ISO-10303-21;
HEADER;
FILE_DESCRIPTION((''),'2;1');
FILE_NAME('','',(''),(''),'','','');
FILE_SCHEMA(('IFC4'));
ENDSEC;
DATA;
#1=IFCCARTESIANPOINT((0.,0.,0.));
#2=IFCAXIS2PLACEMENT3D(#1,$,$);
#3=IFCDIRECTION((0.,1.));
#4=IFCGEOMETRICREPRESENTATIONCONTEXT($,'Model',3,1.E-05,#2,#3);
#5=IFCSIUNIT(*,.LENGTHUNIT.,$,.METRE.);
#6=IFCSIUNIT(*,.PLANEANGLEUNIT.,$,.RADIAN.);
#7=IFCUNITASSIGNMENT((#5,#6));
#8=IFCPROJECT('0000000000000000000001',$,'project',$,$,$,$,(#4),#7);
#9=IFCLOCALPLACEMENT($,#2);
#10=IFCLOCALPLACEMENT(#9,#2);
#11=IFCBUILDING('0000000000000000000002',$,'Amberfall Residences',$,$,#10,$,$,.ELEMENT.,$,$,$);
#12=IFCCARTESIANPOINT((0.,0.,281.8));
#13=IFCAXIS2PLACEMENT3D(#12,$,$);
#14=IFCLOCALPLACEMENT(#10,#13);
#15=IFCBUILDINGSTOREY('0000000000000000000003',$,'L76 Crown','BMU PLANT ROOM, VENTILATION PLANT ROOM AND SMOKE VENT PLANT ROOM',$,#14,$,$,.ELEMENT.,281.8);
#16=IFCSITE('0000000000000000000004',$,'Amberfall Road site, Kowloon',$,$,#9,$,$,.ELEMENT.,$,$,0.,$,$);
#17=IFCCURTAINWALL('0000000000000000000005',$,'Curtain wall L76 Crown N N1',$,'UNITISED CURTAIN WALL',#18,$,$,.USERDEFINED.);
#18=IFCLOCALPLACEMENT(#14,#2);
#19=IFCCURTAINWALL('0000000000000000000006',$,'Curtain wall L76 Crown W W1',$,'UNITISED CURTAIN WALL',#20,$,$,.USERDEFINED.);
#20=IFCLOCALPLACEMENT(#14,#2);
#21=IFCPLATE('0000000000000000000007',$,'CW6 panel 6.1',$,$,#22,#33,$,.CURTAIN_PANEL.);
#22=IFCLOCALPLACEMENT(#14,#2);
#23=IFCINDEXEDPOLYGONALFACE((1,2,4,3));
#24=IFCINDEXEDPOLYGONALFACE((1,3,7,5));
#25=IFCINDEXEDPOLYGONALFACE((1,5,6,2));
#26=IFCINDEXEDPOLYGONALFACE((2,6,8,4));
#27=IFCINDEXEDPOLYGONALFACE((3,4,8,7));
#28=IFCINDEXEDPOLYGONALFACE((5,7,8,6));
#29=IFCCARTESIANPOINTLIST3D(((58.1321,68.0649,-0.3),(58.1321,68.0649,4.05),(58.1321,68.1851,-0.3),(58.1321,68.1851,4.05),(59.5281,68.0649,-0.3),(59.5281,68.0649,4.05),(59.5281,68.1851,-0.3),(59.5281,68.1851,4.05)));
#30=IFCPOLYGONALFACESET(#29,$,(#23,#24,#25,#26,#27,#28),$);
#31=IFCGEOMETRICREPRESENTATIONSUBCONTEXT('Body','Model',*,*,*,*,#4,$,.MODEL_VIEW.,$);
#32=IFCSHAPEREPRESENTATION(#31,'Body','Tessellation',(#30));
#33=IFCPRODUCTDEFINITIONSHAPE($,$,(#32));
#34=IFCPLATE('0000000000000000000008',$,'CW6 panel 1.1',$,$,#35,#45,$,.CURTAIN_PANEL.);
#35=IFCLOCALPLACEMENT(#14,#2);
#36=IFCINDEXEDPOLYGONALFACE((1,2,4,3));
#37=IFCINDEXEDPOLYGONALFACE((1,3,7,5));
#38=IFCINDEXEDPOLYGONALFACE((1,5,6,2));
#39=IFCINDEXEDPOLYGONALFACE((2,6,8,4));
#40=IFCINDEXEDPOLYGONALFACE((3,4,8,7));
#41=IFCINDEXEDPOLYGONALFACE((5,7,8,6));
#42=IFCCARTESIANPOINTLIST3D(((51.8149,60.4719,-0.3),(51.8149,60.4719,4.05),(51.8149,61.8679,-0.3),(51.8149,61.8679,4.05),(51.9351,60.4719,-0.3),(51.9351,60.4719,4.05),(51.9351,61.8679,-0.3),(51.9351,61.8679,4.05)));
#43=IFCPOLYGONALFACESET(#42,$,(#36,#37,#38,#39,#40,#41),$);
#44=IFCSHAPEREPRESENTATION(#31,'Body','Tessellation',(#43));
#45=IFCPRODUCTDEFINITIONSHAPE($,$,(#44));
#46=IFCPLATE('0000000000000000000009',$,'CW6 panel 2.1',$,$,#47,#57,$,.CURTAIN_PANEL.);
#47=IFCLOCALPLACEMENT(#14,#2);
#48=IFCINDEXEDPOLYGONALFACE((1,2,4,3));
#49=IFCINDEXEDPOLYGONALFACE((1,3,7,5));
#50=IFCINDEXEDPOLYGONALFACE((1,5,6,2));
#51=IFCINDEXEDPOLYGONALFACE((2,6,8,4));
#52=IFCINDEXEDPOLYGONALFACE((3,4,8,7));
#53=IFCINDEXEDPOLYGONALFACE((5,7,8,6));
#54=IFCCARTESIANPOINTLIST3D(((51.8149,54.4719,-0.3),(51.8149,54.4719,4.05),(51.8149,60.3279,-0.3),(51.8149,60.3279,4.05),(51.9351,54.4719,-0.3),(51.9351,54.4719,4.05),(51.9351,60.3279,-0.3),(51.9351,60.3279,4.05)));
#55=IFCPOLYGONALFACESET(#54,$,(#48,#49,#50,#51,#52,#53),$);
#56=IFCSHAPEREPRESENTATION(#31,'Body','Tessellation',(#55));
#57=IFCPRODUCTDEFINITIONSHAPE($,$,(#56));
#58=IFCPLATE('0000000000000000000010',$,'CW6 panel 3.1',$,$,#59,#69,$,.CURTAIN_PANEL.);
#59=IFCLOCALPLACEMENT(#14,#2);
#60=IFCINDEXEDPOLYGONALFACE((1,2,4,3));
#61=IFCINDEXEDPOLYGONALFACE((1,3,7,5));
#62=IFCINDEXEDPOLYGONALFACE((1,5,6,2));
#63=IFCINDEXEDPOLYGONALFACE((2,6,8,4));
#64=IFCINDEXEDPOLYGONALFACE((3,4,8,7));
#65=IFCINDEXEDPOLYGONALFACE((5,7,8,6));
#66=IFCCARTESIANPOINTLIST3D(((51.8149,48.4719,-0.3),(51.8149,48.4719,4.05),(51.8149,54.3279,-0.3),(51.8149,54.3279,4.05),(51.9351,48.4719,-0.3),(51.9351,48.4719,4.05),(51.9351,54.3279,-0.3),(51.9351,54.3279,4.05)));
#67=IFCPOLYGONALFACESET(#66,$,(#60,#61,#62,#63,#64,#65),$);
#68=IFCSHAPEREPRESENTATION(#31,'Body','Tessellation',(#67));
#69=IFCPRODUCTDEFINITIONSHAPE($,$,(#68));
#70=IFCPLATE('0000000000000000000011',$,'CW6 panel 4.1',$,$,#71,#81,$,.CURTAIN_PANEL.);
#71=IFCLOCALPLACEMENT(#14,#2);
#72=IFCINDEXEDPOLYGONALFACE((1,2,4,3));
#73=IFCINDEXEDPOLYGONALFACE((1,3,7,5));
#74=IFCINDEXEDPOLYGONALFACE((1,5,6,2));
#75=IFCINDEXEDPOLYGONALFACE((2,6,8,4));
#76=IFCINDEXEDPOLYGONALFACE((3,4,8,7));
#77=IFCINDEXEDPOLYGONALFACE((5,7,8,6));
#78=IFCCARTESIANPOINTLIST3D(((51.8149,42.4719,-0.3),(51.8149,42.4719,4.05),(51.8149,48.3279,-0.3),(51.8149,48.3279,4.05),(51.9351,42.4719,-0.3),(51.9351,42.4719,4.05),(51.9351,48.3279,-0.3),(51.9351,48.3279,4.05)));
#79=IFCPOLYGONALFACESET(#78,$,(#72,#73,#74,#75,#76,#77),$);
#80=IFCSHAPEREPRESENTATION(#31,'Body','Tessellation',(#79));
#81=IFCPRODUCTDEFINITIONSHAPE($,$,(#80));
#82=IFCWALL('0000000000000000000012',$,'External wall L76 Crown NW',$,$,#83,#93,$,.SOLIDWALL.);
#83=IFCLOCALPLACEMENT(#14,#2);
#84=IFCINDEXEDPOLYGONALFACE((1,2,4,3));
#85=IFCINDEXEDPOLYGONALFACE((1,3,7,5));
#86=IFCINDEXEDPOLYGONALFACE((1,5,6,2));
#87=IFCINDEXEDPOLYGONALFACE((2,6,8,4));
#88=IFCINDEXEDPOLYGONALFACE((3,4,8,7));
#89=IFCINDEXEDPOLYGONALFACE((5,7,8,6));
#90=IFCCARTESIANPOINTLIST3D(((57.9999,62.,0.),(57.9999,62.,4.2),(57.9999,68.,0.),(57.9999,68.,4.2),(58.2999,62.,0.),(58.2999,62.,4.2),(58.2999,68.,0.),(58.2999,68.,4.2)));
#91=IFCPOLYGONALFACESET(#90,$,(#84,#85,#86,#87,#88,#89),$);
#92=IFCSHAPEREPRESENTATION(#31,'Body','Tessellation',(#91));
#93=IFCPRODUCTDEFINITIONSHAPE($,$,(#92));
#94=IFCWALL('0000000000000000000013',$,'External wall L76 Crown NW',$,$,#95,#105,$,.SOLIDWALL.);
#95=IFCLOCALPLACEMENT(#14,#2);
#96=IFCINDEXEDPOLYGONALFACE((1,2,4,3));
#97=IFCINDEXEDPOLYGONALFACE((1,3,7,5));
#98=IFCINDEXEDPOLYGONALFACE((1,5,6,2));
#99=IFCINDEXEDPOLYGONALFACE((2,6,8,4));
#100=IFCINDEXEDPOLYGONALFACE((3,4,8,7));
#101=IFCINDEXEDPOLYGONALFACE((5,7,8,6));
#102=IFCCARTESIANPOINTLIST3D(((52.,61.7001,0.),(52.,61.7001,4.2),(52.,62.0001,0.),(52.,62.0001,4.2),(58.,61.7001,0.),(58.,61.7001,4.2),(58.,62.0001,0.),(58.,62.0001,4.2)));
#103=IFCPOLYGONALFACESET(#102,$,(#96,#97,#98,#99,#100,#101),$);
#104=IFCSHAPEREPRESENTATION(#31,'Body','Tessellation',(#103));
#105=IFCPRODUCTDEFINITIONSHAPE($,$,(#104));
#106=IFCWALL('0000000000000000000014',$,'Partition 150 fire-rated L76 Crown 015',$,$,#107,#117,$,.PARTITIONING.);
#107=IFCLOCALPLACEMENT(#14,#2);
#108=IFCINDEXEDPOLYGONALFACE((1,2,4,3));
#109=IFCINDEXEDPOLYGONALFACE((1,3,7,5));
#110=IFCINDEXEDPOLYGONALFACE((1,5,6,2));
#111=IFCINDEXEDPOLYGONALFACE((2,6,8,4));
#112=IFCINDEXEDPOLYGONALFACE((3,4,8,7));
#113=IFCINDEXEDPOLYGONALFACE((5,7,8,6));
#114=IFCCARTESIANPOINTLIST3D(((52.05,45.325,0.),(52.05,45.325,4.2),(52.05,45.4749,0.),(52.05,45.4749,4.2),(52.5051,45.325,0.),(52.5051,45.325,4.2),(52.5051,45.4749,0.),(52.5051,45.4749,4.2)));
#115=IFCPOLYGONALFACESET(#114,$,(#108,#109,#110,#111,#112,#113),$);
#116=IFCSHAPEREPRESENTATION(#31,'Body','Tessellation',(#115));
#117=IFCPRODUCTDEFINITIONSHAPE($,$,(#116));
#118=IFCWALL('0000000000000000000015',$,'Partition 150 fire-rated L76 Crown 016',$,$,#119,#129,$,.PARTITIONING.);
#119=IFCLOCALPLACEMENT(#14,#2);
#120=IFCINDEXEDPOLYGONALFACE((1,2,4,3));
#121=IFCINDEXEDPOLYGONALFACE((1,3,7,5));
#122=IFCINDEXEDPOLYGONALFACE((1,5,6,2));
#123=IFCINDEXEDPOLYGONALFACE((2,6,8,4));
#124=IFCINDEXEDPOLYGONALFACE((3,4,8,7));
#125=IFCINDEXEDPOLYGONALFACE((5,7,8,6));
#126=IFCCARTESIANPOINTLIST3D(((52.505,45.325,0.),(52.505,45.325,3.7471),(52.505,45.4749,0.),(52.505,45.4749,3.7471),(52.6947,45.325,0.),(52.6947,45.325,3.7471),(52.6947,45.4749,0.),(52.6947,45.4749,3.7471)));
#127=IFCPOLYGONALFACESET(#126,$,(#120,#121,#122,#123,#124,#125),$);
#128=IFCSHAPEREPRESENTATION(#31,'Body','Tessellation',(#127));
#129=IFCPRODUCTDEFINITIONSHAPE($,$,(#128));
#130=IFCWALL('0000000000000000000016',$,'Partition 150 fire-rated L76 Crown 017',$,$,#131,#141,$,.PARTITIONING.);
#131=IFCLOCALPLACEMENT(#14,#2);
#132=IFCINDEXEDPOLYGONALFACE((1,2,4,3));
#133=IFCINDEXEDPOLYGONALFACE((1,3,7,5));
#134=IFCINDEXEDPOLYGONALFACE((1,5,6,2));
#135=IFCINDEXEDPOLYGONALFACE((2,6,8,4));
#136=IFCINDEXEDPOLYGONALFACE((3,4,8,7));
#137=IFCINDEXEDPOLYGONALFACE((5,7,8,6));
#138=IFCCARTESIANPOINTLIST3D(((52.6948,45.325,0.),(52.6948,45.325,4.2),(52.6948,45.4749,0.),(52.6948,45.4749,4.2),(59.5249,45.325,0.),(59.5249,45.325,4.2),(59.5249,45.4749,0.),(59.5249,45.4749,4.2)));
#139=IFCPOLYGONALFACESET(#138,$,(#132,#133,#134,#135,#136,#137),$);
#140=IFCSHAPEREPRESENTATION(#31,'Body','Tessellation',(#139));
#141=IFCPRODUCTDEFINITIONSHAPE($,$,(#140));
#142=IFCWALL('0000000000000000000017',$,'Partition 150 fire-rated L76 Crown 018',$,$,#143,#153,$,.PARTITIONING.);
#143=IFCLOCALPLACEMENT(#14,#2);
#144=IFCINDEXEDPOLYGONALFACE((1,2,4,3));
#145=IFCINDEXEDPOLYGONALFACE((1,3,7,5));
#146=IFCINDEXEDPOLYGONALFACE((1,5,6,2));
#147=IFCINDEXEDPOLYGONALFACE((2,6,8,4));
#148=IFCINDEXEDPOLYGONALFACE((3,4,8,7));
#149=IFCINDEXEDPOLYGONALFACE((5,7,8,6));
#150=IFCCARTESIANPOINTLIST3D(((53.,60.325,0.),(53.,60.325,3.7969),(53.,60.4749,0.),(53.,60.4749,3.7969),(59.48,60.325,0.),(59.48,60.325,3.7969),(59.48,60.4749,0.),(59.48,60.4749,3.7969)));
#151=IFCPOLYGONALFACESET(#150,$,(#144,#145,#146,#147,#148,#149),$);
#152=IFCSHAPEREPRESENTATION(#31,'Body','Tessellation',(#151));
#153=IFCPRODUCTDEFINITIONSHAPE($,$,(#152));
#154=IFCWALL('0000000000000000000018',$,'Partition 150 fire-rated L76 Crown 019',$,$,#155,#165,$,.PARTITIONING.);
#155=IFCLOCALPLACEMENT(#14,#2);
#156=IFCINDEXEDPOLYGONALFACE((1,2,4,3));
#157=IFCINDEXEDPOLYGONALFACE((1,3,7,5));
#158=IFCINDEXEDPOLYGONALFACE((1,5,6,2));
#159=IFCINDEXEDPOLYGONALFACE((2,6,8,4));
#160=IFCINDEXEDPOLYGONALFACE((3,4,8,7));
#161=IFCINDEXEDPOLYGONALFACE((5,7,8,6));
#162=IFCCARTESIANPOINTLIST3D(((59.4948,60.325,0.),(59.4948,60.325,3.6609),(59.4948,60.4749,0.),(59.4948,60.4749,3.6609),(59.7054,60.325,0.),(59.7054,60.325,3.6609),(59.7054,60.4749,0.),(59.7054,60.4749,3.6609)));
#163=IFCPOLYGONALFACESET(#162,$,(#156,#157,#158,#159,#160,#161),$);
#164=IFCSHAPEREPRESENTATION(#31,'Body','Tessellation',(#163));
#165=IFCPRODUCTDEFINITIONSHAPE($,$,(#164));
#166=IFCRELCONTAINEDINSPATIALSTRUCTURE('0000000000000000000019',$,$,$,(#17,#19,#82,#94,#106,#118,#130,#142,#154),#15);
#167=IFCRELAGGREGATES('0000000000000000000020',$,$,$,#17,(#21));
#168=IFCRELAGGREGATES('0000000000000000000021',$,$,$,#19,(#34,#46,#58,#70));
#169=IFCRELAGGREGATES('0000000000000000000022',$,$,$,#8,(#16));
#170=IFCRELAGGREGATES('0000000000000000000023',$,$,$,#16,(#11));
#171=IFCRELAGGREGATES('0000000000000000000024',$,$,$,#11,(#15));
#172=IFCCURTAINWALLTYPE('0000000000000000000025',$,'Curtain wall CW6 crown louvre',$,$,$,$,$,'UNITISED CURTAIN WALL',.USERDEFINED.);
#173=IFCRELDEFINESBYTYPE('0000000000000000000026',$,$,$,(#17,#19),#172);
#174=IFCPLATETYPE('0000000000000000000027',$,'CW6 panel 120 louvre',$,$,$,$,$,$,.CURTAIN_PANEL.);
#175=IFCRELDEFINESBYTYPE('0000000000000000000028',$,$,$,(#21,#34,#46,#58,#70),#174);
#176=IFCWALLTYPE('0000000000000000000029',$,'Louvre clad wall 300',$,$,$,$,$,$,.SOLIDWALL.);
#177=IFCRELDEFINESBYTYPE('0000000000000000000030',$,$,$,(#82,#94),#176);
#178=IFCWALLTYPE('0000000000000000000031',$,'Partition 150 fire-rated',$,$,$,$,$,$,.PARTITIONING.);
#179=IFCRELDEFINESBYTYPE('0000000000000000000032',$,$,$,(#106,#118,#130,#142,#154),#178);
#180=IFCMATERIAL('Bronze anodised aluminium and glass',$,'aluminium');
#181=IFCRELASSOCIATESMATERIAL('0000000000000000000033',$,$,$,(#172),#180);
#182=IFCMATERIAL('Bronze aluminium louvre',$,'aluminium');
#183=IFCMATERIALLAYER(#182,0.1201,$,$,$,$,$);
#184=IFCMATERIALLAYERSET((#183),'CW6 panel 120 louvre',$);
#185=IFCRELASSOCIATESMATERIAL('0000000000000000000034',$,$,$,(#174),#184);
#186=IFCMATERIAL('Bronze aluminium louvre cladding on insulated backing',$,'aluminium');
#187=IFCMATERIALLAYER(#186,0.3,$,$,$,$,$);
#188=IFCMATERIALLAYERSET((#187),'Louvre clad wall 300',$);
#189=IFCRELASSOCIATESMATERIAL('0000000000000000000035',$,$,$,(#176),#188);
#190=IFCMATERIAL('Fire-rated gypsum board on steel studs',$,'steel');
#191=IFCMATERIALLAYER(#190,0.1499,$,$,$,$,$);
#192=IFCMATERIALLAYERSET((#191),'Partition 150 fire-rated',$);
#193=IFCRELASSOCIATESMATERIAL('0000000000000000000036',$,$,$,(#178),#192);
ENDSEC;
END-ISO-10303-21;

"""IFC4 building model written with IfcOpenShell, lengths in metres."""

from ifc_helpers import new_model, si_unit, direction, frame, frame_2d, origin, origin_2d, place, context, subcontext, project, spatial, rectangle, extrude, material, layer, layer_set, type_object, element, aggregate, save


model = new_model("IFC4")

# Units and contexts
model_context = context("Model", 3, precision=1e-05, world=origin(), true_north=direction((0.0, 1.0)))
body_context = subcontext(model_context, "Body", "Model", "MODEL_VIEW")
ifc_project = project(units=[si_unit("LENGTHUNIT", "METRE"), si_unit("PLANEANGLEUNIT", "RADIAN")], contexts=[model_context])

# Site, building, storey
site_placement = place(None, origin())
site = spatial("IfcSite", under=ifc_project, at=site_placement, Name="Amberfall Road site, Kowloon", CompositionType="ELEMENT", RefElevation=0.0)
building_placement = place(site_placement, origin())
building = spatial("IfcBuilding", under=site, at=building_placement, Name="Amberfall Residences", CompositionType="ELEMENT")
storey_placement = place(building_placement, frame((0.0, 0.0, 281.8)))
storey = spatial("IfcBuildingStorey", under=building, at=storey_placement, Name="L76 Crown", Description="BMU PLANT ROOM, VENTILATION PLANT ROOM AND SMOKE VENT PLANT ROOM", CompositionType="ELEMENT", Elevation=281.8)

# Curtain wall
ifc_material_1 = material(Name="Bronze anodised aluminium and glass", Category="aluminium")
curtain_wall_type = type_object("IfcCurtainWallType", Name="Curtain wall CW6 crown louvre", ElementType="UNITISED CURTAIN WALL", PredefinedType="USERDEFINED", material=ifc_material_1)
curtain_wall_1_placement = place(storey_placement, origin())
curtain_wall_1 = element("IfcCurtainWall", 1, at=curtain_wall_1_placement, inside=storey, type_object=curtain_wall_type, Name="Curtain wall L76 Crown N N1", ObjectType="UNITISED CURTAIN WALL", PredefinedType="USERDEFINED")

# Curtain wall
curtain_wall_2_placement = place(storey_placement, origin())
curtain_wall_2 = element("IfcCurtainWall", 2, at=curtain_wall_2_placement, inside=storey, type_object=curtain_wall_type, Name="Curtain wall L76 Crown W W1", ObjectType="UNITISED CURTAIN WALL", PredefinedType="USERDEFINED")

# Plates
ifc_material_2 = material(Name="Bronze aluminium louvre", Category="aluminium")
ifc_layer_1 = layer(ifc_material_2, 0.1201)
ifc_layer_set_1 = layer_set([ifc_layer_1], Name="CW6 panel 120 louvre")
plate_type = type_object("IfcPlateType", Name="CW6 panel 120 louvre", PredefinedType="CURTAIN_PANEL", material=ifc_layer_set_1)
plate_1_placement = place(storey_placement, frame((58.8301, 68.125, -0.3), z_axis=(0.0, 0.0, 1.0), x_axis=(-1.0, 0.0, 0.0)))
plate_1 = element("IfcPlate", 3, at=plate_1_placement, type_object=plate_type, Name="CW6 panel 6.1", PredefinedType="CURTAIN_PANEL", context=body_context, shape_type="SweptSolid", body=[
    extrude(rectangle(XDim=1.396, YDim=0.1201, at=origin_2d()), origin(), (0.0, 0.0, 1.0), 4.3501),
])
aggregate(curtain_wall_1, [plate_1])
plate_2_placement = place(storey_placement, frame((51.875, 61.1699, -0.3), z_axis=(0.0, 0.0, 1.0), x_axis=(0.0, -1.0, 0.0)))
plate_2 = element("IfcPlate", 4, at=plate_2_placement, type_object=plate_type, Name="CW6 panel 1.1", PredefinedType="CURTAIN_PANEL", context=body_context, shape_type="SweptSolid", body=[
    extrude(rectangle(XDim=1.396, YDim=0.1201, at=origin_2d()), origin(), (0.0, 0.0, 1.0), 4.3501),
])
plate_3_placement = place(storey_placement, frame((51.875, 57.3999, -0.3), z_axis=(0.0, 0.0, 1.0), x_axis=(0.0, -1.0, 0.0)))
plate_3 = element("IfcPlate", 5, at=plate_3_placement, type_object=plate_type, Name="CW6 panel 2.1", PredefinedType="CURTAIN_PANEL", context=body_context, shape_type="SweptSolid", body=[
    extrude(rectangle(XDim=5.856, YDim=0.1201, at=origin_2d()), origin(), (0.0, 0.0, 1.0), 4.3501),
])
plate_4_placement = place(storey_placement, frame((51.875, 51.3999, -0.3), z_axis=(0.0, 0.0, 1.0), x_axis=(0.0, -1.0, 0.0)))
plate_4 = element("IfcPlate", 6, at=plate_4_placement, type_object=plate_type, Name="CW6 panel 3.1", PredefinedType="CURTAIN_PANEL", context=body_context, shape_type="SweptSolid", body=[
    extrude(rectangle(XDim=5.856, YDim=0.1201, at=origin_2d()), origin(), (0.0, 0.0, 1.0), 4.3501),
])
plate_5_placement = place(storey_placement, frame((51.875, 45.3999, -0.3), z_axis=(0.0, 0.0, 1.0), x_axis=(0.0, -1.0, 0.0)))
plate_5 = element("IfcPlate", 7, at=plate_5_placement, type_object=plate_type, Name="CW6 panel 4.1", PredefinedType="CURTAIN_PANEL", context=body_context, shape_type="SweptSolid", body=[
    extrude(rectangle(XDim=5.856, YDim=0.1201, at=origin_2d()), origin(), (0.0, 0.0, 1.0), 4.3501),
])
aggregate(curtain_wall_2, [plate_2, plate_3, plate_4, plate_5])

# Walls
ifc_material_3 = material(Name="Bronze aluminium louvre cladding on insulated backing", Category="aluminium")
ifc_layer_2 = layer(ifc_material_3, 0.3)
ifc_layer_set_2 = layer_set([ifc_layer_2], Name="Louvre clad wall 300")
wall_type_1 = type_object("IfcWallType", Name="Louvre clad wall 300", PredefinedType="SOLIDWALL", material=ifc_layer_set_2)
for number, where, z_axis, x_axis, name in (
    (8, (58.1499, 68.0, 0.0), (0.0, 0.0, 1.0), (0.0, -1.0, 0.0), "External wall L76 Crown NW"),
    (9, (58.0, 61.8501, 0.0), (0.0, 0.0, 1.0), (-1.0, 0.0, 0.0), "External wall L76 Crown NW"),
):
    element("IfcWall", number, at=place(storey_placement, frame(where, z_axis=z_axis, x_axis=x_axis)), inside=storey, type_object=wall_type_1, Name=name, PredefinedType="SOLIDWALL", context=body_context, shape_type="SweptSolid", body=[
        extrude(rectangle(XDim=6.0, YDim=0.3, at=frame_2d((3.0, 0.0))), origin(), (0.0, 0.0, 1.0), 4.2),
    ])
ifc_material_4 = material(Name="Fire-rated gypsum board on steel studs", Category="steel")
ifc_layer_3 = layer(ifc_material_4, 0.1499)
ifc_layer_set_3 = layer_set([ifc_layer_3], Name="Partition 150 fire-rated")
wall_type_2 = type_object("IfcWallType", Name="Partition 150 fire-rated", PredefinedType="PARTITIONING", material=ifc_layer_set_3)
wall_1_placement = place(storey_placement, frame((52.05, 45.3999, 0.0), z_axis=(0.0, 0.0, 1.0), x_axis=(1.0, 0.0, 0.0)))
element("IfcWall", 10, at=wall_1_placement, inside=storey, type_object=wall_type_2, Name="Partition 150 fire-rated L76 Crown 015", PredefinedType="PARTITIONING", context=body_context, shape_type="SweptSolid", body=[
    extrude(rectangle(XDim=0.4551, YDim=0.1499, at=frame_2d((0.2275, 0.0))), origin(), (0.0, 0.0, 1.0), 4.2),
])
wall_2_placement = place(storey_placement, frame((52.5051, 45.3999, 0.0), z_axis=(0.0, 0.0, 1.0), x_axis=(1.0, 0.0, 0.0)))
element("IfcWall", 11, at=wall_2_placement, inside=storey, type_object=wall_type_2, Name="Partition 150 fire-rated L76 Crown 016", PredefinedType="PARTITIONING", context=body_context, shape_type="SweptSolid", body=[
    extrude(rectangle(XDim=0.1897, YDim=0.1499, at=frame_2d((0.0947, 0.0))), origin(), (0.0, 0.0, 1.0), 3.7471),
])
wall_3_placement = place(storey_placement, frame((52.6948, 45.3999, 0.0), z_axis=(0.0, 0.0, 1.0), x_axis=(1.0, 0.0, 0.0)))
element("IfcWall", 12, at=wall_3_placement, inside=storey, type_object=wall_type_2, Name="Partition 150 fire-rated L76 Crown 017", PredefinedType="PARTITIONING", context=body_context, shape_type="SweptSolid", body=[
    extrude(rectangle(XDim=6.8301, YDim=0.1499, at=frame_2d((3.415, 0.0))), origin(), (0.0, 0.0, 1.0), 4.2),
])
wall_4_placement = place(storey_placement, frame((53.0, 60.3999, 0.0), z_axis=(0.0, 0.0, 1.0), x_axis=(1.0, 0.0, 0.0)))
element("IfcWall", 13, at=wall_4_placement, inside=storey, type_object=wall_type_2, Name="Partition 150 fire-rated L76 Crown 018", PredefinedType="PARTITIONING", context=body_context, shape_type="SweptSolid", body=[
    extrude(rectangle(XDim=6.48, YDim=0.1499, at=frame_2d((3.24, 0.0))), origin(), (0.0, 0.0, 1.0), 3.7969),
])
wall_5_placement = place(storey_placement, frame((59.4946, 60.3999, 0.0), z_axis=(0.0, 0.0, 1.0), x_axis=(1.0, 0.0, 0.0)))
element("IfcWall", 14, at=wall_5_placement, inside=storey, type_object=wall_type_2, Name="Partition 150 fire-rated L76 Crown 019", PredefinedType="PARTITIONING", context=body_context, shape_type="SweptSolid", body=[
    extrude(rectangle(XDim=0.2107, YDim=0.1499, at=frame_2d((0.1055, 0.0))), origin(), (0.0, 0.0, 1.0), 3.6609),
])

save(model, "model.ifc")
